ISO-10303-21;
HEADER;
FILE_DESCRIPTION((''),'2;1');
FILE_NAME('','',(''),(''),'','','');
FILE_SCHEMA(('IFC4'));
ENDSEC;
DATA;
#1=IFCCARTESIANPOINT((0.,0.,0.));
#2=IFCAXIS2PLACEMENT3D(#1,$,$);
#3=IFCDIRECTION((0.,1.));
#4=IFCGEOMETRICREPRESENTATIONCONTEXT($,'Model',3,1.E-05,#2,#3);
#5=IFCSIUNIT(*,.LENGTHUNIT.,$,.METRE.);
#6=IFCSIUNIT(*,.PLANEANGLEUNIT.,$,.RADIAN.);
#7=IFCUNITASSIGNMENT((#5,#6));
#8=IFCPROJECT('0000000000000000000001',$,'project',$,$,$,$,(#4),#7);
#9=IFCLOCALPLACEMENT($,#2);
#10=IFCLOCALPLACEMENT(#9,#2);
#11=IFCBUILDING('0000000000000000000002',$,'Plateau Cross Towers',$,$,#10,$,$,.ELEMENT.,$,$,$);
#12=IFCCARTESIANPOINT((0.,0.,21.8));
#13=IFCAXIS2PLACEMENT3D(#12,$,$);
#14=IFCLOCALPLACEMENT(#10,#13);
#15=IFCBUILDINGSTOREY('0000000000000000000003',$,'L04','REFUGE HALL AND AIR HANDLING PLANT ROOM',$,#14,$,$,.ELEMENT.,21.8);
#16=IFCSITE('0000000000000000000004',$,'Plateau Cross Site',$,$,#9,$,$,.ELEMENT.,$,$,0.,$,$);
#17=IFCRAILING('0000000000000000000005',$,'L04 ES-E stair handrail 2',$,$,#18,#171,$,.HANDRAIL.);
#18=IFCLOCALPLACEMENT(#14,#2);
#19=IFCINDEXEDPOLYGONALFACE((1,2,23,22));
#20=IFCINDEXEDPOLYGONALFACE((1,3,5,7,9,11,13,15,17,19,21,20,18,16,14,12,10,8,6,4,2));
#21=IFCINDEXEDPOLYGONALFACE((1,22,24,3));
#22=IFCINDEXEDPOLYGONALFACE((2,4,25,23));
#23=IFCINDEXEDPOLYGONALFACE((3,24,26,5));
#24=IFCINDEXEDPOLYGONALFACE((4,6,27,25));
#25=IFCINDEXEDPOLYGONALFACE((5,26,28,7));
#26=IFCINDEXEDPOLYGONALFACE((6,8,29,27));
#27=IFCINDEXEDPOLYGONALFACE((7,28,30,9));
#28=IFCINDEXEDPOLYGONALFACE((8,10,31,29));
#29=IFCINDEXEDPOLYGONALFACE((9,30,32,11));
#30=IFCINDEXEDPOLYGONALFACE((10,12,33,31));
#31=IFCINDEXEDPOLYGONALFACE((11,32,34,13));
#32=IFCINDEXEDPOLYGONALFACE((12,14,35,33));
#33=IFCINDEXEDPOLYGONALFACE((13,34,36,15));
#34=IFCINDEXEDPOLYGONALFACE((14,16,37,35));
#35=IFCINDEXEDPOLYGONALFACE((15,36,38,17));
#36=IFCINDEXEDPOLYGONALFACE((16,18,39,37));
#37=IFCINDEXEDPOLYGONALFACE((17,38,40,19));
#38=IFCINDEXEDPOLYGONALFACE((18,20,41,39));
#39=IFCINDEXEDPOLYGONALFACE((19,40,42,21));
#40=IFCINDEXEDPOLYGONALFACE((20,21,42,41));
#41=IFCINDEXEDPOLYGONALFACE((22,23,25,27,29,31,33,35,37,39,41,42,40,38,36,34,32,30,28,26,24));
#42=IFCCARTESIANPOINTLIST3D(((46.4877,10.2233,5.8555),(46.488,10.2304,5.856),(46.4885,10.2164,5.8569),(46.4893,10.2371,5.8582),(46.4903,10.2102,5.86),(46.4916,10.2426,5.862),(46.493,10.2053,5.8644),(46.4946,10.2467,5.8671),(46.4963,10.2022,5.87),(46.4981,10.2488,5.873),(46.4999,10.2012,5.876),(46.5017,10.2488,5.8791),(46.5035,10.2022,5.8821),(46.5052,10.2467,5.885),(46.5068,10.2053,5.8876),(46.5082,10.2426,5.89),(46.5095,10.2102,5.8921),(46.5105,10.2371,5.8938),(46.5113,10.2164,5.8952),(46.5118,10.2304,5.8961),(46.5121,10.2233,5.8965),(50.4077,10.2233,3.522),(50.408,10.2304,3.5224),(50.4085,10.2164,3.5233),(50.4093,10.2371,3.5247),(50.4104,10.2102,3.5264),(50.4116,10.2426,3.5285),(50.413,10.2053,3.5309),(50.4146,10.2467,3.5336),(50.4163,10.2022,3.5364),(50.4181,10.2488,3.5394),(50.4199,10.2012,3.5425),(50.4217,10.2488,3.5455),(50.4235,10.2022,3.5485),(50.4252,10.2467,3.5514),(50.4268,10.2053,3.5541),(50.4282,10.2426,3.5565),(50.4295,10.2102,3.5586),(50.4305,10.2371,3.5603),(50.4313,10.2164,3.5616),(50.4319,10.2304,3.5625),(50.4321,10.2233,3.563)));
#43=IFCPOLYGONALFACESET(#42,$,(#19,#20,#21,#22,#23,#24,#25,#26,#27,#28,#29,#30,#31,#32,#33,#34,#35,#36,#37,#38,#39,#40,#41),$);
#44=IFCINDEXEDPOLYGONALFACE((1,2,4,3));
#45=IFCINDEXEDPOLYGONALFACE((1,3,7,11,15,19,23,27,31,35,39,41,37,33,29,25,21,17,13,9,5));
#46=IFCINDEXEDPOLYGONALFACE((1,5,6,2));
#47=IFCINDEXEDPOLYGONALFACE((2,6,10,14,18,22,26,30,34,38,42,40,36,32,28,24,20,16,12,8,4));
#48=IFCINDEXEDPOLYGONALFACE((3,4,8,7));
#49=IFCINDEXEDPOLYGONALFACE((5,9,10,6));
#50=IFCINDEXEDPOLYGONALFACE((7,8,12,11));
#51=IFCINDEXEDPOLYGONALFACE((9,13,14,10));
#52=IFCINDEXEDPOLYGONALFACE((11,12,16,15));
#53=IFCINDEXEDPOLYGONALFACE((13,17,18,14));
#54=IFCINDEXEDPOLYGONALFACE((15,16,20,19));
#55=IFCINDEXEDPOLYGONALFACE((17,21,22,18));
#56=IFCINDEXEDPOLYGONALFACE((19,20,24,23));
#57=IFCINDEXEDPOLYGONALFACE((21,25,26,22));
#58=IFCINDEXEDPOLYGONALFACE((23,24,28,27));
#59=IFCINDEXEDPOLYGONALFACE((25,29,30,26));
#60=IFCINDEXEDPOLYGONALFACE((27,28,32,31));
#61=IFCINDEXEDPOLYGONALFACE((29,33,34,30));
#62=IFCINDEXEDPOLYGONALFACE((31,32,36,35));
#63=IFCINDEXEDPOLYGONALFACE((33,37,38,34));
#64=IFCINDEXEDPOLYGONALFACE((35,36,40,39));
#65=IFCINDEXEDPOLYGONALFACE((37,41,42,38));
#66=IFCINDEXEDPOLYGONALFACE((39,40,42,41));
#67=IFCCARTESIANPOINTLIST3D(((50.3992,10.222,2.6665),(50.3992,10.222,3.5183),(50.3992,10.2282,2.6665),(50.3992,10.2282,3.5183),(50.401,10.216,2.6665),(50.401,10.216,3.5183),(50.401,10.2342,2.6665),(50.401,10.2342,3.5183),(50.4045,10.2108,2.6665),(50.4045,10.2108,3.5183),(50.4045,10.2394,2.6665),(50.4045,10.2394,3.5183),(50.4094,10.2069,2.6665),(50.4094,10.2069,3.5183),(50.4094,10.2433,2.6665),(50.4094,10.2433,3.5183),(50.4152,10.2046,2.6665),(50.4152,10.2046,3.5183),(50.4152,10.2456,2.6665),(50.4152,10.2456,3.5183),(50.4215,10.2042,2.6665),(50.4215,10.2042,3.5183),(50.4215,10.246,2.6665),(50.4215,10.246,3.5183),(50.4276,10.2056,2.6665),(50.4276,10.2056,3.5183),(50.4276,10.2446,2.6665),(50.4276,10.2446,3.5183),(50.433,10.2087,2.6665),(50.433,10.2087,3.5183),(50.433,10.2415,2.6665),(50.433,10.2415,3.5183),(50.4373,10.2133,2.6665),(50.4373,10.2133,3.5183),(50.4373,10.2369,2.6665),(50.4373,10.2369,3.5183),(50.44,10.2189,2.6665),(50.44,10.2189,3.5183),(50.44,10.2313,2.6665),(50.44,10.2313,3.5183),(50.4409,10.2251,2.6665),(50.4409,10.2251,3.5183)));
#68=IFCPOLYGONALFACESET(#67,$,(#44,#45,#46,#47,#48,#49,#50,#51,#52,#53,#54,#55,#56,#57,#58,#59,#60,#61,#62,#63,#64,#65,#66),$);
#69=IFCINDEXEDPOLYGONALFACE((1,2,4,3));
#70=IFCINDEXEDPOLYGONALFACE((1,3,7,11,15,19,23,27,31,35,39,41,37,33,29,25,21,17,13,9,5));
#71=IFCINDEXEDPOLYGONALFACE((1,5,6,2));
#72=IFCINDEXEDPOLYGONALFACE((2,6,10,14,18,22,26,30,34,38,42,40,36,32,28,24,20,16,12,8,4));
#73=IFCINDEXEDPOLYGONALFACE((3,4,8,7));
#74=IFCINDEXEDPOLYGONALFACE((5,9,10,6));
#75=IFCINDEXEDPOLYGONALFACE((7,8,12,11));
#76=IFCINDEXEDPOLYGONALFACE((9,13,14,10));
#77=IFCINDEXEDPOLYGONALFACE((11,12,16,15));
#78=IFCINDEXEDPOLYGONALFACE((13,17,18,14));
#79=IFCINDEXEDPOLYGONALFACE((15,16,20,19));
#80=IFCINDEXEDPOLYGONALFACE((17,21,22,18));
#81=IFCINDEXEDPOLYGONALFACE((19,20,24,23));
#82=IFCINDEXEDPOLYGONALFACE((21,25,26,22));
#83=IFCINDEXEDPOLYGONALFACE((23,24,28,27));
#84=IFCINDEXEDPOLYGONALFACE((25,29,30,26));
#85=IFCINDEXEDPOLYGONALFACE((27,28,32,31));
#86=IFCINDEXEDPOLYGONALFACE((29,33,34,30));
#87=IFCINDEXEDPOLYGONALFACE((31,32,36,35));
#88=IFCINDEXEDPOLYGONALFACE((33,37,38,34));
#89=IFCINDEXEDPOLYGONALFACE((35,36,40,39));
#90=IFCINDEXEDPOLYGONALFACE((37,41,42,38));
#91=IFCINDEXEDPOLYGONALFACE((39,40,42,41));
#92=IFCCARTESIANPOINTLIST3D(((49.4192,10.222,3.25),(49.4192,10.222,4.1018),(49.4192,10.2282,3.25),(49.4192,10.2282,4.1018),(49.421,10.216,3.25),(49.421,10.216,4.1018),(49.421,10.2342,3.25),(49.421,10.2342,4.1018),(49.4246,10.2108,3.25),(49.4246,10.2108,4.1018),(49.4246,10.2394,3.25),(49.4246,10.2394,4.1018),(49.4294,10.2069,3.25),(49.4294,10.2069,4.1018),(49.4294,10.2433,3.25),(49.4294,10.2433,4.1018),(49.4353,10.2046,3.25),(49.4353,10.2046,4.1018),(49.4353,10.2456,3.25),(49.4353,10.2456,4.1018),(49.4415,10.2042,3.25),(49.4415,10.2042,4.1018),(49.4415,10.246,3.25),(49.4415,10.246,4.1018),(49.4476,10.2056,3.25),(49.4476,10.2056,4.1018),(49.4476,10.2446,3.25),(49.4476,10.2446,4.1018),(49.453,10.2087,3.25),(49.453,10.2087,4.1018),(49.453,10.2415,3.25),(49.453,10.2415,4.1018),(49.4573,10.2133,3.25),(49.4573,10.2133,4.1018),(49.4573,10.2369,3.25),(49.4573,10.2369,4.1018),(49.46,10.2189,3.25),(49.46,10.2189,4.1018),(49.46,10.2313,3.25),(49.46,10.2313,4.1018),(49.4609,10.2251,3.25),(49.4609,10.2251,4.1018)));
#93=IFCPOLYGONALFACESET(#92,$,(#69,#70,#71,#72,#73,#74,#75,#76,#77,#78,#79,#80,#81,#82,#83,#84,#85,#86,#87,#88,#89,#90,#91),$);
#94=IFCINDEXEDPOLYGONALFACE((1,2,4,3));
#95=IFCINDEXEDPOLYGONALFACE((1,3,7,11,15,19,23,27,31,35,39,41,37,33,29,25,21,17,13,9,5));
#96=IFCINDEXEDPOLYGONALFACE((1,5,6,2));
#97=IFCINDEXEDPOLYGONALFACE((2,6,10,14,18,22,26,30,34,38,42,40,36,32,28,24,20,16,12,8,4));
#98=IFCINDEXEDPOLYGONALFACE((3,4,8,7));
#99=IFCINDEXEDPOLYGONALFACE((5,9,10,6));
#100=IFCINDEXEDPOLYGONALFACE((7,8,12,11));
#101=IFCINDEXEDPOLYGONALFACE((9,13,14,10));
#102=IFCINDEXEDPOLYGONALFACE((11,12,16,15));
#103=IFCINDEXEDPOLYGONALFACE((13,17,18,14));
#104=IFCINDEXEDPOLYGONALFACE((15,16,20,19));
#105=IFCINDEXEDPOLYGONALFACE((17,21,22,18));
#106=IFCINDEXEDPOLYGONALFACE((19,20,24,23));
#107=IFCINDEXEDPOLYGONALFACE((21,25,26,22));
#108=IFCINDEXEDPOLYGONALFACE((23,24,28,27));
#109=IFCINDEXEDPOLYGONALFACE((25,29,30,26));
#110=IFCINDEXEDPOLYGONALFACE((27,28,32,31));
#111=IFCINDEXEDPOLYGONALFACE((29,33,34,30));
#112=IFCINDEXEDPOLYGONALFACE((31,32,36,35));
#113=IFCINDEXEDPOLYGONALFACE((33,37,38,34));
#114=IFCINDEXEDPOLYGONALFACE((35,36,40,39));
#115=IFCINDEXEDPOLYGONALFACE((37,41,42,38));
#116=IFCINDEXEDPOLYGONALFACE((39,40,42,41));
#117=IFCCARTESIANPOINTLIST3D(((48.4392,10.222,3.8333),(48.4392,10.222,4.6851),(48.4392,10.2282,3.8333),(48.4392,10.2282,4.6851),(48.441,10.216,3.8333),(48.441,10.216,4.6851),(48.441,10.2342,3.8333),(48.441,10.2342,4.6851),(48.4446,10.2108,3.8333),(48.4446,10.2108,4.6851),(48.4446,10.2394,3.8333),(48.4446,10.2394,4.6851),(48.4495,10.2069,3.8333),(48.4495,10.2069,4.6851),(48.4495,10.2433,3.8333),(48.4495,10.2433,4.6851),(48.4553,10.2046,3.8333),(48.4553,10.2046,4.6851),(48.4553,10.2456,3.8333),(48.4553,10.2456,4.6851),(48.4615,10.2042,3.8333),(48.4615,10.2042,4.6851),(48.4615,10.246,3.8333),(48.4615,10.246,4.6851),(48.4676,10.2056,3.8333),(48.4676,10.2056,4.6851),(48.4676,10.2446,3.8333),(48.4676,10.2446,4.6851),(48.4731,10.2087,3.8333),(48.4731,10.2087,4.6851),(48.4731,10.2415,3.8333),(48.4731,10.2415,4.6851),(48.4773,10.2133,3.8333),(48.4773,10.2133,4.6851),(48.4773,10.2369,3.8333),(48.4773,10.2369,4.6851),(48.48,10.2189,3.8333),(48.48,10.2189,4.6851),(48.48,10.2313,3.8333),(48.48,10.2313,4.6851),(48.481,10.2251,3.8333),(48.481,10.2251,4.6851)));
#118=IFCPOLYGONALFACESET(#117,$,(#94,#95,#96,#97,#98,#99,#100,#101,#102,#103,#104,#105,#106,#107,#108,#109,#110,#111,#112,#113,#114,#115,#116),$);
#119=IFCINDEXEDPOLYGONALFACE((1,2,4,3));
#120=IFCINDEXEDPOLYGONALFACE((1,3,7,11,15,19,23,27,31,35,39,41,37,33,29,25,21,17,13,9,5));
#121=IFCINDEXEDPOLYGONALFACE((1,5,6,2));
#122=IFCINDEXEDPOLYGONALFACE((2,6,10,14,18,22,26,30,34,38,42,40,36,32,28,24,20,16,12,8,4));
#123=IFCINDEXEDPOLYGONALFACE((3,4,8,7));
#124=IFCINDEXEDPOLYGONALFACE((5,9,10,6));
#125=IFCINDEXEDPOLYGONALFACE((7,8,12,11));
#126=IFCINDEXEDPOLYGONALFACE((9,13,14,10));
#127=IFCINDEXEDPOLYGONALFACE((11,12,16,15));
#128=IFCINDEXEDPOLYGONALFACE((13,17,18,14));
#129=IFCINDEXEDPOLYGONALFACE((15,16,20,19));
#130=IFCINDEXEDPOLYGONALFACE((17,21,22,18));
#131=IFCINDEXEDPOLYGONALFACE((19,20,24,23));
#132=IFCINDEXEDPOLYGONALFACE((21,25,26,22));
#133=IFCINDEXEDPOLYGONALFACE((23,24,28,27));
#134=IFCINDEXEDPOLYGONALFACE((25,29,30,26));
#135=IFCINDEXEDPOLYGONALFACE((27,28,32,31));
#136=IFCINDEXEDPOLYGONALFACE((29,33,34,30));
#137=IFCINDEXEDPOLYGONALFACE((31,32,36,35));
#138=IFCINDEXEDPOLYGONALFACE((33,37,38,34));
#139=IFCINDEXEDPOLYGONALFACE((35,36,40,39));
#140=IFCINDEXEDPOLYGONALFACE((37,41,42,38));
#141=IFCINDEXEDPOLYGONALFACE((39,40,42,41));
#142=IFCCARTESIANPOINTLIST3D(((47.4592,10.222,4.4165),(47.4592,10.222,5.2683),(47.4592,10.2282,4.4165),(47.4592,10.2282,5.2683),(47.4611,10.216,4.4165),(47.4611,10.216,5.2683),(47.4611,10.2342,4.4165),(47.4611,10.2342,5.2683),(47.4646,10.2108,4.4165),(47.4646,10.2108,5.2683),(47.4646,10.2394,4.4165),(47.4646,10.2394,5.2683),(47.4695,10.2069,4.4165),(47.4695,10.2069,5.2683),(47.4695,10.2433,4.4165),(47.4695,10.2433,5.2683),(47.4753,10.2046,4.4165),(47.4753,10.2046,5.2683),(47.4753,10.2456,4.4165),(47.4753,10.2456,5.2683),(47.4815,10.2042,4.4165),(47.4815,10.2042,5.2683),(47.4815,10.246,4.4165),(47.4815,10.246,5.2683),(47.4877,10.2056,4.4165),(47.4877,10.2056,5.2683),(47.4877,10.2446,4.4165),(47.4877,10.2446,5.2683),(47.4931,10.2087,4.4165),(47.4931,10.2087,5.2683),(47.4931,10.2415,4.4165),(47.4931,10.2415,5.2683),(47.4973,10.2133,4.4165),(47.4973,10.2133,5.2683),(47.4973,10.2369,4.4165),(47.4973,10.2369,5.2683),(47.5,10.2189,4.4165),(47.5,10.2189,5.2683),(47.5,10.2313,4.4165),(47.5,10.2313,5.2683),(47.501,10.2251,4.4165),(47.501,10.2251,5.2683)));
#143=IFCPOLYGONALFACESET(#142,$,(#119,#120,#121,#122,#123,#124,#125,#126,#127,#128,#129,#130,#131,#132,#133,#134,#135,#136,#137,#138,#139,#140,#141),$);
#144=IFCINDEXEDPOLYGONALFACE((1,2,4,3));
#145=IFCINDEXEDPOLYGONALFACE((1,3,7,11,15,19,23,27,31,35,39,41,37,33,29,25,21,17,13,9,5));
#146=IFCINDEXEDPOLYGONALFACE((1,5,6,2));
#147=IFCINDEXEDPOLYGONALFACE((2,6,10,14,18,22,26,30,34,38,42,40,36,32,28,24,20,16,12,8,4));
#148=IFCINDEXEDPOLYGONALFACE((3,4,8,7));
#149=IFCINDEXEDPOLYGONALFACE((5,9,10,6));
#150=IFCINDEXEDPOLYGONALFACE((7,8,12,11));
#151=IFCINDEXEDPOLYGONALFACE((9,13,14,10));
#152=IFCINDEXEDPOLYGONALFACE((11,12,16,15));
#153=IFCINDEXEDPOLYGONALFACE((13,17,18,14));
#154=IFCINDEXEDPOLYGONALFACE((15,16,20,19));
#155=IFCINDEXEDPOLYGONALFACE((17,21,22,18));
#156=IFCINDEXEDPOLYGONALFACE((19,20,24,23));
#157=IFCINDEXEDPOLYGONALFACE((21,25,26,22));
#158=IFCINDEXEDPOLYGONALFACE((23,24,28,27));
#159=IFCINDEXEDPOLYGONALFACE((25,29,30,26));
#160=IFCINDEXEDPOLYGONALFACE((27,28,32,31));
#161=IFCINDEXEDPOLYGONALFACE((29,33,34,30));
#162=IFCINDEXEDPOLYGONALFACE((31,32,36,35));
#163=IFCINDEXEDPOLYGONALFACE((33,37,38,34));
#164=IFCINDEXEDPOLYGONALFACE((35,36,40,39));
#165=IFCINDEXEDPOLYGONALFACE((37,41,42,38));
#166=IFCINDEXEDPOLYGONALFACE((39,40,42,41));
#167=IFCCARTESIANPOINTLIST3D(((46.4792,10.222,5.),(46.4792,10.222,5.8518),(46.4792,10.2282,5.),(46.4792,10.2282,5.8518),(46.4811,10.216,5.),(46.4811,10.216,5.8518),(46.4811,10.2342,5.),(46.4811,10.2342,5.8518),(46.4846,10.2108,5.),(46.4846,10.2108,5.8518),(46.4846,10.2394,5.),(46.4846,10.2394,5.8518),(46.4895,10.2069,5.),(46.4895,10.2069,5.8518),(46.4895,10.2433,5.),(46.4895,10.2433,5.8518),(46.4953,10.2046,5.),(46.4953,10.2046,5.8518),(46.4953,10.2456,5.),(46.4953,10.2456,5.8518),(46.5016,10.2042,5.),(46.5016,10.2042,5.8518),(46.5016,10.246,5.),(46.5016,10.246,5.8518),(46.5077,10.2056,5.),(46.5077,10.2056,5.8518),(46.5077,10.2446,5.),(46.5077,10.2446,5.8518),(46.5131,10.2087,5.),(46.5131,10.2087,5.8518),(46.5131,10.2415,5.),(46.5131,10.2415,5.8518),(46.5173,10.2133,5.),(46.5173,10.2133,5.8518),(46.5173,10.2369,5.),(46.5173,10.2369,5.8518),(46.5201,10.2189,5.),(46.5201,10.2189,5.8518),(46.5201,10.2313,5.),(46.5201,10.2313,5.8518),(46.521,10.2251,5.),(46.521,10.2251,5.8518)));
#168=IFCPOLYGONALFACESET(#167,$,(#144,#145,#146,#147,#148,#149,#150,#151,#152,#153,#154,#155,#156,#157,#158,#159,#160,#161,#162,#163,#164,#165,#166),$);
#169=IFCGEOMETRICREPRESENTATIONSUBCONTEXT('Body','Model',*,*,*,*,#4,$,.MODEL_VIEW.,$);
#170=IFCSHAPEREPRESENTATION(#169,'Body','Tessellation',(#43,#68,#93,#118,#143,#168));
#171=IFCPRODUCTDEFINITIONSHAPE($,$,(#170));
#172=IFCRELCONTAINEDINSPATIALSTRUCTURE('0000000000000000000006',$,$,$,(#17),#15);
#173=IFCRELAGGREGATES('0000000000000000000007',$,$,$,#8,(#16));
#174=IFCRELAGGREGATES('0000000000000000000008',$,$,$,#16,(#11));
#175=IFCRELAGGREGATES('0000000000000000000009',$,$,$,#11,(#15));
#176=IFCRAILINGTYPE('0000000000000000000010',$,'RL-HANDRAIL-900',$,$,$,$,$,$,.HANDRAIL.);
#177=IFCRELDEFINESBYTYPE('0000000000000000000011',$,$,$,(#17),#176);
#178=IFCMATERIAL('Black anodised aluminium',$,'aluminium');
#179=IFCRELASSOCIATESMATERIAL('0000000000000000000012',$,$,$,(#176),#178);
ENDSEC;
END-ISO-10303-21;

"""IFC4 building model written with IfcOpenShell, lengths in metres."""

from ifc_helpers import new_model, si_unit, direction, frame, origin, origin_2d, place, context, subcontext, project, spatial, circle, extrude, material, type_object, element, save


model = new_model("IFC4")

# Units and contexts
model_context = context("Model", 3, precision=1e-05, world=origin(), true_north=direction((0.0, 1.0)))
body_context = subcontext(model_context, "Body", "Model", "MODEL_VIEW")
ifc_project = project(units=[si_unit("LENGTHUNIT", "METRE"), si_unit("PLANEANGLEUNIT", "RADIAN")], contexts=[model_context])

# Site, building, storey
site_placement = place(None, origin())
site = spatial("IfcSite", under=ifc_project, at=site_placement, Name="Plateau Cross Site", CompositionType="ELEMENT", RefElevation=0.0)
building_placement = place(site_placement, origin())
building = spatial("IfcBuilding", under=site, at=building_placement, Name="Plateau Cross Towers", CompositionType="ELEMENT")
storey_placement = place(building_placement, frame((0.0, 0.0, 21.8)))
storey = spatial("IfcBuildingStorey", under=building, at=storey_placement, Name="L04", Description="REFUGE HALL AND AIR HANDLING PLANT ROOM", CompositionType="ELEMENT", Elevation=21.8)

# Railing
ifc_material_1 = material(Name="Black anodised aluminium", Category="aluminium")
railing_type_1 = type_object("IfcRailingType", Name="RL-HANDRAIL-900", PredefinedType="HANDRAIL", material=ifc_material_1)
railing_1_placement = place(storey_placement, frame((50.4199, 10.2251, 2.6665)))
element("IfcRailing", 1, at=railing_1_placement, inside=storey, type_object=railing_type_1, Name="L04 ES-E stair handrail 2", PredefinedType="HANDRAIL", context=body_context, shape_type="SweptSolid", body=[
    extrude(circle(Radius=0.0239, at=origin_2d()), frame((0.0, 0.0, 0.876), z_axis=(-0.859273, 0.0, 0.511518), x_axis=(0.0, -1.0, 0.0)), (0.0, 0.0, 1.0), 4.562),
    extrude(circle(Radius=0.021, at=origin_2d()), origin(), (0.0, 0.0, 1.0), 0.8518),
    extrude(circle(Radius=0.021, at=origin_2d()), frame((-0.98, 0.0, 0.5835)), (0.0, 0.0, 1.0), 0.8518),
    extrude(circle(Radius=0.021, at=origin_2d()), frame((-1.96, 0.0, 1.1667)), (0.0, 0.0, 1.0), 0.8518),
    extrude(circle(Radius=0.021, at=origin_2d()), frame((-2.9399, 0.0, 1.75)), (0.0, 0.0, 1.0), 0.8518),
    extrude(circle(Radius=0.021, at=origin_2d()), frame((-3.9199, 0.0, 2.3335)), (0.0, 0.0, 1.0), 0.8518),
])

save(model, "model.ifc")
